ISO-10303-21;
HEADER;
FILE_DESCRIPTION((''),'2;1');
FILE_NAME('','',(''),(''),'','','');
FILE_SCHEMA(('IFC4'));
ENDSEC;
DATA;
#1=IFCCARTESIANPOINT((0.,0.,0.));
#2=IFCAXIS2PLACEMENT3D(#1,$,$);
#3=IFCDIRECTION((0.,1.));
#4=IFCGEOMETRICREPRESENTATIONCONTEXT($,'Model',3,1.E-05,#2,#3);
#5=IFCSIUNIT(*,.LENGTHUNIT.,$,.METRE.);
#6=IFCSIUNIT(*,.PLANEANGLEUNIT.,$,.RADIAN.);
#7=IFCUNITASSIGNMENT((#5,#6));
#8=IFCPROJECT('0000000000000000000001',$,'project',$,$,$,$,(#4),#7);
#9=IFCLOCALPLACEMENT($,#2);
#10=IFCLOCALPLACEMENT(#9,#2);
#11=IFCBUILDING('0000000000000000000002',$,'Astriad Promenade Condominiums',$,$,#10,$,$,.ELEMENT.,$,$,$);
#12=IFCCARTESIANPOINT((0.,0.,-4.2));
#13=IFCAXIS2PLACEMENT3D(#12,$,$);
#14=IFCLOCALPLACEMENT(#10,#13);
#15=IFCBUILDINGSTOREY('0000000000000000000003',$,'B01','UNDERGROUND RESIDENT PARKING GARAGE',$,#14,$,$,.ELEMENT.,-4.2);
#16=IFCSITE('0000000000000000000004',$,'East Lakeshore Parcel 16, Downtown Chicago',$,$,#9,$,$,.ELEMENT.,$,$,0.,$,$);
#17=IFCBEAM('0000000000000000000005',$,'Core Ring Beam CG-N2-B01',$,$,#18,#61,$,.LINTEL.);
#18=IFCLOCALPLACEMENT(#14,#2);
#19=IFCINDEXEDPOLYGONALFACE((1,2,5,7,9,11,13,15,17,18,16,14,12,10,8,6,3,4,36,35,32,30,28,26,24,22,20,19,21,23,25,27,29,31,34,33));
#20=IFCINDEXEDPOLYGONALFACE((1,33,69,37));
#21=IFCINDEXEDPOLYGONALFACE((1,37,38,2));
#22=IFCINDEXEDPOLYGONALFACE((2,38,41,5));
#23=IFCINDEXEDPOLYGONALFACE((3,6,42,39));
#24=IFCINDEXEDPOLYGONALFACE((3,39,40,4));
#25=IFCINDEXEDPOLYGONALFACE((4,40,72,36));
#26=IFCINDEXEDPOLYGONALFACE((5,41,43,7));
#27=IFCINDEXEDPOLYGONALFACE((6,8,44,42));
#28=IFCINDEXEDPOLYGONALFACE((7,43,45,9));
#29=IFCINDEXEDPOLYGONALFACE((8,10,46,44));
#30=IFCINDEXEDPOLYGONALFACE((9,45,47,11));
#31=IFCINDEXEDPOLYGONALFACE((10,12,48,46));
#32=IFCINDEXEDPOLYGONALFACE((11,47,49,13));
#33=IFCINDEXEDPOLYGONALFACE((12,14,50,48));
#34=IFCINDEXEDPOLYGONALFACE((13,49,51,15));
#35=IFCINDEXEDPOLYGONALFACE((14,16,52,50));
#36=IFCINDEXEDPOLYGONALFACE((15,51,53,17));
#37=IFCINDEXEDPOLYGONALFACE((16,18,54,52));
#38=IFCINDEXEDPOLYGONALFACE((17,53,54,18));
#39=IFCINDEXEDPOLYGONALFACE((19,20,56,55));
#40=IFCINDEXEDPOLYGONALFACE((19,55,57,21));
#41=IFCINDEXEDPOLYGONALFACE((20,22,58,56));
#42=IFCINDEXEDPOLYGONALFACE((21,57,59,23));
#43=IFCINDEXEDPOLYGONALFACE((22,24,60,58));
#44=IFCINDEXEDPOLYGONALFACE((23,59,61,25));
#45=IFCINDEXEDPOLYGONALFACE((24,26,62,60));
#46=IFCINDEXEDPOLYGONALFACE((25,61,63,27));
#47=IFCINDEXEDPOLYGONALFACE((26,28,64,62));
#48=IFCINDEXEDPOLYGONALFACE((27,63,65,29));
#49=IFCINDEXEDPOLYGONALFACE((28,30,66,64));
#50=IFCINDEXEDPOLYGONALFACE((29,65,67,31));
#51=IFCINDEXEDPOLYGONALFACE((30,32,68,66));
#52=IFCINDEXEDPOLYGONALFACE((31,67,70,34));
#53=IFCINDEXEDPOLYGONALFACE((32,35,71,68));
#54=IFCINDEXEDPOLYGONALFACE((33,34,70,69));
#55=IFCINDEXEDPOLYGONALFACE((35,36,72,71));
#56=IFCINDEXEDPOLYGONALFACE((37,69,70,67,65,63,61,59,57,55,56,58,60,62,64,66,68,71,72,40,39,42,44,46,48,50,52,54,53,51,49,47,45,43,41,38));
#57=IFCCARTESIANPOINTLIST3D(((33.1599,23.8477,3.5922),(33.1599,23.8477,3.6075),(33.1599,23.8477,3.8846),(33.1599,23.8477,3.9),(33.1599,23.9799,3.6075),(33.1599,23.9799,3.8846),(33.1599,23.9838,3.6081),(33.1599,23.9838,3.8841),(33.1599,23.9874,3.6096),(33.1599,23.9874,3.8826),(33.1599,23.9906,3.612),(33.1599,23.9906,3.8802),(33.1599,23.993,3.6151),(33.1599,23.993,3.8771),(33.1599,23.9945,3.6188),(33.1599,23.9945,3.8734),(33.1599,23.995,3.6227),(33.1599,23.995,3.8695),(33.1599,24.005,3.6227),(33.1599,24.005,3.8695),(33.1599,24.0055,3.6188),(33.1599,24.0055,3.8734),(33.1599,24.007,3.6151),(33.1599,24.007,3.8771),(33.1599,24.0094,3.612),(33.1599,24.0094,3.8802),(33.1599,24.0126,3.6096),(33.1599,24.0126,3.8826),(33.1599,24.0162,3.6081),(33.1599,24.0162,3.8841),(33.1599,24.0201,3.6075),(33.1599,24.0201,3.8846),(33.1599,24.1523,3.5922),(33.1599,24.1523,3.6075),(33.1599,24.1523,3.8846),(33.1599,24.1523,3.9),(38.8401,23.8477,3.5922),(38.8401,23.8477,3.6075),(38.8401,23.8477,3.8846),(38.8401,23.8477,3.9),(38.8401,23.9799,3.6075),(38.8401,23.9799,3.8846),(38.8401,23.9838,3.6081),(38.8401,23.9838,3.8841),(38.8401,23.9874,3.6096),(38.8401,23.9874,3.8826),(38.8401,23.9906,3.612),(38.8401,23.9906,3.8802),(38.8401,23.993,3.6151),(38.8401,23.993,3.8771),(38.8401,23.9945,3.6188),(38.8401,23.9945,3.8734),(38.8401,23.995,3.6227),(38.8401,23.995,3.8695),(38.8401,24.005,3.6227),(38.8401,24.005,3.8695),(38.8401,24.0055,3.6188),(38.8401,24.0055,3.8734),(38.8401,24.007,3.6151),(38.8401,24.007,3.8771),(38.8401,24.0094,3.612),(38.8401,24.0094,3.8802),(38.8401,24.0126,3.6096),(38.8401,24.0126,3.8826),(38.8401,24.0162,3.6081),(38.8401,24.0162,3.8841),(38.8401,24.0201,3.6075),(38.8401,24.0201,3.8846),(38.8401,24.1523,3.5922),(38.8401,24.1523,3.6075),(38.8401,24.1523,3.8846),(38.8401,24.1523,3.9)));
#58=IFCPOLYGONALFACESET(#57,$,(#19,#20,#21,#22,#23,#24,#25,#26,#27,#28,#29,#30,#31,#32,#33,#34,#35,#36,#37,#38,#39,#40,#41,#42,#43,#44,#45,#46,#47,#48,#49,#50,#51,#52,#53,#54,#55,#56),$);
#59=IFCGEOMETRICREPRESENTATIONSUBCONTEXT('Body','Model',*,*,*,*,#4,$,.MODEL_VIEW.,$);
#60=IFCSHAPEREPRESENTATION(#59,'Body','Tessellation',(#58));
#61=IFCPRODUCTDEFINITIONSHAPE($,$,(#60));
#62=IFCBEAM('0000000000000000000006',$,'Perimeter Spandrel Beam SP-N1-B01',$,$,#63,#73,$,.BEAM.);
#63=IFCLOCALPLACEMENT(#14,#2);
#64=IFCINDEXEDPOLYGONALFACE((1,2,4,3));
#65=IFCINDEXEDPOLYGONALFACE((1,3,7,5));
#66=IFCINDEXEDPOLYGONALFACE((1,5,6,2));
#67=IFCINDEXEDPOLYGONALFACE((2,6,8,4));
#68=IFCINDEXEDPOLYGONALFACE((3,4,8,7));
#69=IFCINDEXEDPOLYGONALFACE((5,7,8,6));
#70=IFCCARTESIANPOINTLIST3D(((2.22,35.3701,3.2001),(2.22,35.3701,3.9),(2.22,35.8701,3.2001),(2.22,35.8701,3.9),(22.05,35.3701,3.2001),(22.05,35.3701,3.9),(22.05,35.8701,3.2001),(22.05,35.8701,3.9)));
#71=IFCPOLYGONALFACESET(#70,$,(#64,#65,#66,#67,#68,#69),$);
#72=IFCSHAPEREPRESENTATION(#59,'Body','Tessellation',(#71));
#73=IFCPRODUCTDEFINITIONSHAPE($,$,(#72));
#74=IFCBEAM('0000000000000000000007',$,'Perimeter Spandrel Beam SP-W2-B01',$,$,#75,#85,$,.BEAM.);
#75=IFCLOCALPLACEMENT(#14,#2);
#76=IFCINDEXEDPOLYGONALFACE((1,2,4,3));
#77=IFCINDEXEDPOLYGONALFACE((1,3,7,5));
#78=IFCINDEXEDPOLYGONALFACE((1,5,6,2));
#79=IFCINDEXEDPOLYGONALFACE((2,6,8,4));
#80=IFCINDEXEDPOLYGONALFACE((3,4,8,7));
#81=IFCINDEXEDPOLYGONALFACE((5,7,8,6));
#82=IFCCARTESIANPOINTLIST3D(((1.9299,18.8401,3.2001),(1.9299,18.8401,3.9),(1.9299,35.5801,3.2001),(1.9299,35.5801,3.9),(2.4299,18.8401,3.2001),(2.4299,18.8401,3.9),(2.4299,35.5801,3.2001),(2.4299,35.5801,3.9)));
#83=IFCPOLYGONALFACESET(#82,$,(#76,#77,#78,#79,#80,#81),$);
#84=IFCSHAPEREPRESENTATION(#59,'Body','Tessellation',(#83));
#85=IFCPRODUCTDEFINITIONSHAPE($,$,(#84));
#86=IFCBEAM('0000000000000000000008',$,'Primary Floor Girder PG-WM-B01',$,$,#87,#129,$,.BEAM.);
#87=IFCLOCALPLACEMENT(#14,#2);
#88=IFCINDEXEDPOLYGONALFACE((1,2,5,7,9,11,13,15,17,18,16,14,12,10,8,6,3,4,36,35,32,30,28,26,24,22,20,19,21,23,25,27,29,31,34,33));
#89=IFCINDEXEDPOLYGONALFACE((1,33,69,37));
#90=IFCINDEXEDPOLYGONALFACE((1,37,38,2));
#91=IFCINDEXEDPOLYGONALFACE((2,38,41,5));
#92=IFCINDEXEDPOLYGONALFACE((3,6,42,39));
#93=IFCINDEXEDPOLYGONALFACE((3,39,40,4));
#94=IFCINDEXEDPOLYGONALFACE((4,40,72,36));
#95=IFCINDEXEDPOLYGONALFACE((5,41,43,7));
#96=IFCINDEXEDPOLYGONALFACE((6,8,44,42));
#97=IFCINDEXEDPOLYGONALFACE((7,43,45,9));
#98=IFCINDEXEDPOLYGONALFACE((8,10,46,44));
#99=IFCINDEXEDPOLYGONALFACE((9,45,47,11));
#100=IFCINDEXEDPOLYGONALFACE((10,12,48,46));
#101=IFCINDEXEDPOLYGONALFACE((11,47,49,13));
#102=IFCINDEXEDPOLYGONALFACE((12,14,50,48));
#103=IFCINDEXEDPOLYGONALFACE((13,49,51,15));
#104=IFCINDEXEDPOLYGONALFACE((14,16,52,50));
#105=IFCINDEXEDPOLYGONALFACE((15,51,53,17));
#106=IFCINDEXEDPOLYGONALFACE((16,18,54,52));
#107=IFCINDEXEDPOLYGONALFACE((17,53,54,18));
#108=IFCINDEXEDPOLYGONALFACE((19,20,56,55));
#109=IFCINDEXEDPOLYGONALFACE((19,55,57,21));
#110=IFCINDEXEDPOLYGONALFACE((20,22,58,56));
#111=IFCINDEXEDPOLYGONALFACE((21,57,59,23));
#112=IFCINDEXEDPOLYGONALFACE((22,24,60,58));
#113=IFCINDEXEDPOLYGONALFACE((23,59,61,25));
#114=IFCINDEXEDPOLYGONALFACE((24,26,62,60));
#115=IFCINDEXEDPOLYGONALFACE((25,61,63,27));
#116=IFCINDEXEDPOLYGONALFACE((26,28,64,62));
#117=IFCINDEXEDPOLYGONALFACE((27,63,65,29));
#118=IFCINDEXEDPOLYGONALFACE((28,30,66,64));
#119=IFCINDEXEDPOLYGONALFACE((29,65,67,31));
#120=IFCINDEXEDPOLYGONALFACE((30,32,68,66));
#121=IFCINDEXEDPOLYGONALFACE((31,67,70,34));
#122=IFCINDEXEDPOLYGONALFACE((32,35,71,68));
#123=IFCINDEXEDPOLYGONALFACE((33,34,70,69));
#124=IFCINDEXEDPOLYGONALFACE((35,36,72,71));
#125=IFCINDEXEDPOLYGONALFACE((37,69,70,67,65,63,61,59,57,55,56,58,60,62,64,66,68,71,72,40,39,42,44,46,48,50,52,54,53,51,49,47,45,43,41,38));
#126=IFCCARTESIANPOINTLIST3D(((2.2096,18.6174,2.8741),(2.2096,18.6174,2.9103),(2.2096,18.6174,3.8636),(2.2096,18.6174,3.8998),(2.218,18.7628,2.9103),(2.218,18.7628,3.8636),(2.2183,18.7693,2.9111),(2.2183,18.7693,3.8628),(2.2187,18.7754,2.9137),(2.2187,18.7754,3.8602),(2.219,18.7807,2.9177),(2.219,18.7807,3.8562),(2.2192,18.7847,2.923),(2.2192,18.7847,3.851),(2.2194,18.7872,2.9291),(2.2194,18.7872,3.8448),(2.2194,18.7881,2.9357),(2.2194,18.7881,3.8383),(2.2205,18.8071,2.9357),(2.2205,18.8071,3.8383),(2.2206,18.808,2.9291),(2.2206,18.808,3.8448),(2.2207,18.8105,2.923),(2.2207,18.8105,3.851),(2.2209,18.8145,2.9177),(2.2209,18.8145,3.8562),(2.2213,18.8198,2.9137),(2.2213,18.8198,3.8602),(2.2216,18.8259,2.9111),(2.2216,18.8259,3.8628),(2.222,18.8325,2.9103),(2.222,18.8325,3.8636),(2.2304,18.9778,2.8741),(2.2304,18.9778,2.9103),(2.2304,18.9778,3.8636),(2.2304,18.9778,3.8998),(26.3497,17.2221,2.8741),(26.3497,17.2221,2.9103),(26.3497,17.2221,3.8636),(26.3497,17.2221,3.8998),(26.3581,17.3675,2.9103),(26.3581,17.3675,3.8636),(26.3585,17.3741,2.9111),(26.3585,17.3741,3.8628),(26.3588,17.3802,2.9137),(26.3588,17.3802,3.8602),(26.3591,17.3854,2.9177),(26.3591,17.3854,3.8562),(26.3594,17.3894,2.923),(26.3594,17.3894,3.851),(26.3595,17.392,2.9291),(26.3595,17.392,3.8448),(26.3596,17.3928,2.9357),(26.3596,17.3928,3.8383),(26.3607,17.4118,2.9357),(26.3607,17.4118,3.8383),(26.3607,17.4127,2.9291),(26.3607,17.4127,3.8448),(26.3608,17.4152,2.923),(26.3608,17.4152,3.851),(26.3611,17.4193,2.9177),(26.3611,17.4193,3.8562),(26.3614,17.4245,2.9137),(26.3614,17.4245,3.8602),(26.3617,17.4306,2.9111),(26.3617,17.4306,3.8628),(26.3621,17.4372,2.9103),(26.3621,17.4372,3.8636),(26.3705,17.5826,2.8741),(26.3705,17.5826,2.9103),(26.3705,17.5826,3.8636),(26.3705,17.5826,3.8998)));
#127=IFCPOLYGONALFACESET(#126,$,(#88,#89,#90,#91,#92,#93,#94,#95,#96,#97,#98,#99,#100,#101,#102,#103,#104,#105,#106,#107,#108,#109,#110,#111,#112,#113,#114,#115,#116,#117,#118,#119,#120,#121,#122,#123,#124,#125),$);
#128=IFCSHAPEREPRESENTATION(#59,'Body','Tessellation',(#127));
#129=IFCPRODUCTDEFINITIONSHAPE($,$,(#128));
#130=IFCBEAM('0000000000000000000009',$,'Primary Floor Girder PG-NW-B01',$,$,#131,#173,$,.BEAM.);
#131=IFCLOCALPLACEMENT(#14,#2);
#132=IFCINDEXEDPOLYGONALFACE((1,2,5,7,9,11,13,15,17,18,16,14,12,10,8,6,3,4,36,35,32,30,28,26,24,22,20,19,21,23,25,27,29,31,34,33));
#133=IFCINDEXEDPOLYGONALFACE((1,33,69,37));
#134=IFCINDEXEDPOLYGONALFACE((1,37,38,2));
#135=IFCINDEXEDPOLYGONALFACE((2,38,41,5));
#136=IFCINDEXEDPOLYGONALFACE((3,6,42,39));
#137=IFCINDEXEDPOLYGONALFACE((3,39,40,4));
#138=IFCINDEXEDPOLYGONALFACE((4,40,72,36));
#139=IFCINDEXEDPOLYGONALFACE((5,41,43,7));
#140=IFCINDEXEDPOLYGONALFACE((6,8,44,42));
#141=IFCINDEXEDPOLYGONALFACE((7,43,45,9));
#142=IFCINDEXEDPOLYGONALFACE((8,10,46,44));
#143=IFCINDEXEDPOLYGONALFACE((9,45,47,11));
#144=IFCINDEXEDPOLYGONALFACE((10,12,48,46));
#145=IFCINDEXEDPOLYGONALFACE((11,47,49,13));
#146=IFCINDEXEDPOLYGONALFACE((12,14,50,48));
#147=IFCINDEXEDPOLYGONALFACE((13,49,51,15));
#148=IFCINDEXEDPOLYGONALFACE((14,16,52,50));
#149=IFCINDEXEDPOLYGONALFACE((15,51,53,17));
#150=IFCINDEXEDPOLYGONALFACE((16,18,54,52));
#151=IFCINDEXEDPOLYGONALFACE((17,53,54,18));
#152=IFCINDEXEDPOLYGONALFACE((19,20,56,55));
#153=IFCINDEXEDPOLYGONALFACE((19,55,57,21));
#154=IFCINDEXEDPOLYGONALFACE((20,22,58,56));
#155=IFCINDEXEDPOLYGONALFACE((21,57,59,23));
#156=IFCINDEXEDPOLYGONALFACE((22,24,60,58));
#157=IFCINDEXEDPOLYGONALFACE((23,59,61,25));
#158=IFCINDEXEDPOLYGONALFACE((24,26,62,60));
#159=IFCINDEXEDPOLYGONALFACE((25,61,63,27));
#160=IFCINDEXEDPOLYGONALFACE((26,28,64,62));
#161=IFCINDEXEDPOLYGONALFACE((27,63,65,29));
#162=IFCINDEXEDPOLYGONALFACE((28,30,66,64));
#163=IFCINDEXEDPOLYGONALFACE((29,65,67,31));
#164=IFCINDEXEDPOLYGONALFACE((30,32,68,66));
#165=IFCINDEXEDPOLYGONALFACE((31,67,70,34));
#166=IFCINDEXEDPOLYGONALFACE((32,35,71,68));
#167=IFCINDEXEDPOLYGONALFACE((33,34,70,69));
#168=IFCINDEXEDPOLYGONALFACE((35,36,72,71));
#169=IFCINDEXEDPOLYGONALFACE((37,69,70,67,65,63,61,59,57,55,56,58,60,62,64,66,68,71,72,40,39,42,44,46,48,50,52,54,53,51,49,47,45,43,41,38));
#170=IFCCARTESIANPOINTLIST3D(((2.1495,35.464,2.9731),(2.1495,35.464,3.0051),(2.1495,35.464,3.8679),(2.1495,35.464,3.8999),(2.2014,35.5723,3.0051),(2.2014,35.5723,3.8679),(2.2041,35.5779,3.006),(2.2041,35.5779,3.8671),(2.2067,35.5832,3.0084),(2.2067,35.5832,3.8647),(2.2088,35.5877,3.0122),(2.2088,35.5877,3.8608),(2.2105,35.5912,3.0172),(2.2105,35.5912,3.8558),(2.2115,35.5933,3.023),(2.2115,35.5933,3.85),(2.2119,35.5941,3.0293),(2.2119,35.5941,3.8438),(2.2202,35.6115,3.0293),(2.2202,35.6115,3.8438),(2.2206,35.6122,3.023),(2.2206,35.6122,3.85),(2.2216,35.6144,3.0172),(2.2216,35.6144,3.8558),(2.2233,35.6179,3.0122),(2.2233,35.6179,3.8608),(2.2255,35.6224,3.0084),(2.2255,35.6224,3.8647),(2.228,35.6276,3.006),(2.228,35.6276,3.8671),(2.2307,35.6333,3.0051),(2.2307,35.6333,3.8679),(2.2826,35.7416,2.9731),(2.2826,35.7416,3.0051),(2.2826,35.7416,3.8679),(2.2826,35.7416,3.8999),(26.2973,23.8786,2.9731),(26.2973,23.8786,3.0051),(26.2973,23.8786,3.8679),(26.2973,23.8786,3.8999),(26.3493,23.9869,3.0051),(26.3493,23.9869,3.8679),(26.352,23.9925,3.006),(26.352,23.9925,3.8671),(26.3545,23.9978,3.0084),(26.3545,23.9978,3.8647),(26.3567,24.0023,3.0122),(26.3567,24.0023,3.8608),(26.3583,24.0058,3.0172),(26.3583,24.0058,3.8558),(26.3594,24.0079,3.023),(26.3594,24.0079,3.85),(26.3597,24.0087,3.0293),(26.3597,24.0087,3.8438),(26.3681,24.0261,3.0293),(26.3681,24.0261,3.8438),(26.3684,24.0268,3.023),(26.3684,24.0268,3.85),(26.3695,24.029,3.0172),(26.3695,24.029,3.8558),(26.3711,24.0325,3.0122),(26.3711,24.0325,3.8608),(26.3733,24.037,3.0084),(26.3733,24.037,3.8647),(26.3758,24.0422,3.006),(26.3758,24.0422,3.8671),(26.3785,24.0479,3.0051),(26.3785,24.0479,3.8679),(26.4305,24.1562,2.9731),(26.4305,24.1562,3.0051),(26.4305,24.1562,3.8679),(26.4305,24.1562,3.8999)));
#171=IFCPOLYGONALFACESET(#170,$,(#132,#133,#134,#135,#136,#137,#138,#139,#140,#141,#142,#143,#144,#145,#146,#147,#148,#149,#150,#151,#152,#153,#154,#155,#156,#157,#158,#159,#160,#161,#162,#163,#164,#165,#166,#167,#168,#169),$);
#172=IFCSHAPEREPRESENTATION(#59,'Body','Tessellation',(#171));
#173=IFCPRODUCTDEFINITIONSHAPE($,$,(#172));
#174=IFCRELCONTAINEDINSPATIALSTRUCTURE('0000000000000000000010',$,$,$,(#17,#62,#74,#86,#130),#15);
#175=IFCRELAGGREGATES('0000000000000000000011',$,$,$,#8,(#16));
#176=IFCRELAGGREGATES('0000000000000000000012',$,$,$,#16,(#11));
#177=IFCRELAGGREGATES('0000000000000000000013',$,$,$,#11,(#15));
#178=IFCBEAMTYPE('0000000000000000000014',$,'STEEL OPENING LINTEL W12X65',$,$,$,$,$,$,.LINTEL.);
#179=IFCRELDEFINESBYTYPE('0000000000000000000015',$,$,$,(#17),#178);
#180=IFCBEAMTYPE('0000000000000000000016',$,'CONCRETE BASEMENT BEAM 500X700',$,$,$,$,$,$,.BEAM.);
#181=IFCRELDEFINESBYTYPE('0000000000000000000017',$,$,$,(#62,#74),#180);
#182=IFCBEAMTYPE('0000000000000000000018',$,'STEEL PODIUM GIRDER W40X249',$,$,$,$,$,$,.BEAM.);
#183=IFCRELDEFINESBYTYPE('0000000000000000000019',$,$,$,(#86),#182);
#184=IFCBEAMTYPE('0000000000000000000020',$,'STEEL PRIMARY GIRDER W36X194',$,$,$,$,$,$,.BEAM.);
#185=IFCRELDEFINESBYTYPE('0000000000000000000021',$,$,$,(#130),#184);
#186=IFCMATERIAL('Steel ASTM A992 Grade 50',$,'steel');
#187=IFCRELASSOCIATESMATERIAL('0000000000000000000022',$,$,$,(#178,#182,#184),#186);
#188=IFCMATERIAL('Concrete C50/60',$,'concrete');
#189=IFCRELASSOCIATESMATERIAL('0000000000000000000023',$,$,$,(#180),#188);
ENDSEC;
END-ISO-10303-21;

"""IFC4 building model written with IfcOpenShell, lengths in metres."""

from ifc_helpers import new_model, si_unit, direction, frame, origin, origin_2d, place, context, subcontext, project, spatial, rectangle, i_section, extrude, source, transform, mapped, material, material_profile, profile_set, type_object, type_shapes, element, save


model = new_model("IFC4")

# Units and contexts
model_context = context("Model", 3, precision=1e-05, world=origin(), true_north=direction((0.0, 1.0)))
body_context = subcontext(model_context, "Body", "Model", "MODEL_VIEW")
ifc_project = project(units=[si_unit("LENGTHUNIT", "METRE"), si_unit("PLANEANGLEUNIT", "RADIAN")], contexts=[model_context])

# Site, building, storey
site_placement = place(None, origin())
site = spatial("IfcSite", under=ifc_project, at=site_placement, Name="East Lakeshore Parcel 16, Downtown Chicago", CompositionType="ELEMENT", RefElevation=0.0)
building_placement = place(site_placement, origin())
building = spatial("IfcBuilding", under=site, at=building_placement, Name="Astriad Promenade Condominiums", CompositionType="ELEMENT")
storey_placement = place(building_placement, frame((0.0, 0.0, -4.2)))
storey = spatial("IfcBuildingStorey", under=building, at=storey_placement, Name="B01", Description="UNDERGROUND RESIDENT PARKING GARAGE", CompositionType="ELEMENT", Elevation=-4.2)

# Shared definitions
ifc_material_1 = material(Name="Steel ASTM A992 Grade 50", Category="steel")

# Beams
ifc_material_profile_1 = material_profile(ifc_material_1, i_section(OverallWidth=0.3047, OverallDepth=0.3079, WebThickness=0.01, FlangeThickness=0.0154, FilletRadius=0.0151, at=origin_2d()), Name="W12X65")
ifc_profile_set_1 = profile_set([ifc_material_profile_1], Name="Steel ASTM A992 Grade 50")
beam_type_1 = type_object("IfcBeamType", Name="STEEL OPENING LINTEL W12X65", PredefinedType="LINTEL", material=ifc_profile_set_1)
shared_shape_1 = source(origin(), body_context, "Body", "SweptSolid", [
    extrude(i_section(OverallWidth=0.3047, OverallDepth=0.3079, WebThickness=0.01, FlangeThickness=0.0154, FilletRadius=0.0151, at=origin_2d()), origin(), (0.0, 0.0, 1.0), 5.6802),
])
type_shapes(beam_type_1, [shared_shape_1])
beam_1_placement = place(storey_placement, frame((33.1599, 24.0, 3.7461), z_axis=(1.0, 0.0, 0.0), x_axis=(0.0, 1.0, 0.0)))
element("IfcBeam", 1, at=beam_1_placement, inside=storey, type_object=beam_type_1, Name="Core Ring Beam CG-N2-B01", PredefinedType="LINTEL", context=body_context, shape_type="MappedRepresentation", body=[
    mapped(shared_shape_1, transform((0.0, 0.0, 0.0), scale=1.0)),
])
ifc_material_2 = material(Name="Concrete C50/60", Category="concrete")
ifc_material_profile_2 = material_profile(ifc_material_2, rectangle(XDim=0.5, YDim=0.7, at=origin_2d()), Name="RC-BM-500X700")
ifc_profile_set_2 = profile_set([ifc_material_profile_2], Name="Concrete C50/60")
beam_type_2 = type_object("IfcBeamType", Name="CONCRETE BASEMENT BEAM 500X700", PredefinedType="BEAM", material=ifc_profile_set_2)
shared_shape_2 = source(origin(), body_context, "Body", "SweptSolid", [
    extrude(rectangle(XDim=0.5, YDim=0.7, at=origin_2d()), origin(), (0.0, 0.0, 1.0), 19.8301),
])
beam_2_placement = place(storey_placement, frame((22.05, 35.6201, 3.55), z_axis=(-1.0, 0.0, 0.0), x_axis=(0.0, -1.0, 0.0)))
element("IfcBeam", 2, at=beam_2_placement, inside=storey, type_object=beam_type_2, Name="Perimeter Spandrel Beam SP-N1-B01", PredefinedType="BEAM", context=body_context, shape_type="MappedRepresentation", body=[
    mapped(shared_shape_2, transform((0.0, 0.0, 0.0), scale=1.0)),
])
shared_shape_3 = source(origin(), body_context, "Body", "SweptSolid", [
    extrude(rectangle(XDim=0.5, YDim=0.7, at=origin_2d()), origin(), (0.0, 0.0, 1.0), 16.74),
])
type_shapes(beam_type_2, [shared_shape_2, shared_shape_3])
beam_3_placement = place(storey_placement, frame((2.1799, 35.5801, 3.55), z_axis=(0.0, -1.0, 0.0), x_axis=(1.0, 0.0, 0.0)))
element("IfcBeam", 3, at=beam_3_placement, inside=storey, type_object=beam_type_2, Name="Perimeter Spandrel Beam SP-W2-B01", PredefinedType="BEAM", context=body_context, shape_type="MappedRepresentation", body=[
    mapped(shared_shape_3, transform((0.0, 0.0, 0.0), scale=1.0)),
])
ifc_material_profile_3 = material_profile(ifc_material_1, i_section(OverallWidth=0.3611, OverallDepth=1.0256, WebThickness=0.019, FlangeThickness=0.0361, FilletRadius=0.0254, at=origin_2d()), Name="W40X249")
ifc_profile_set_3 = profile_set([ifc_material_profile_3], Name="Steel ASTM A992 Grade 50")
beam_type_3 = type_object("IfcBeamType", Name="STEEL PODIUM GIRDER W40X249", PredefinedType="BEAM", material=ifc_profile_set_3)
shared_shape_4 = source(origin(), body_context, "Body", "SweptSolid", [
    extrude(i_section(OverallWidth=0.3611, OverallDepth=1.0256, WebThickness=0.019, FlangeThickness=0.0361, FilletRadius=0.0254, at=origin_2d()), origin(), (0.0, 0.0, 1.0), 24.1804),
])
type_shapes(beam_type_3, [shared_shape_4])
beam_4_placement = place(storey_placement, frame((2.22, 18.7976, 3.387), z_axis=(0.998334, -0.057702, 0.0), x_axis=(0.057702, 0.998334, 0.0)))
element("IfcBeam", 4, at=beam_4_placement, inside=storey, type_object=beam_type_3, Name="Primary Floor Girder PG-WM-B01", PredefinedType="BEAM", context=body_context, shape_type="MappedRepresentation", body=[
    mapped(shared_shape_4, transform((0.0, 0.0, 0.0), scale=1.0)),
])
ifc_material_profile_4 = material_profile(ifc_material_1, i_section(OverallWidth=0.3079, OverallDepth=0.9268, WebThickness=0.0193, FlangeThickness=0.032, FilletRadius=0.0242, at=origin_2d()), Name="W36X194")
ifc_profile_set_4 = profile_set([ifc_material_profile_4], Name="Steel ASTM A992 Grade 50")
beam_type_4 = type_object("IfcBeamType", Name="STEEL PRIMARY GIRDER W36X194", PredefinedType="BEAM", material=ifc_profile_set_4)
shared_shape_5 = source(origin(), body_context, "Body", "SweptSolid", [
    extrude(i_section(OverallWidth=0.3079, OverallDepth=0.9268, WebThickness=0.0193, FlangeThickness=0.032, FilletRadius=0.0242, at=origin_2d()), origin(), (0.0, 0.0, 1.0), 26.7832),
])
type_shapes(beam_type_4, [shared_shape_5])
beam_5_placement = place(storey_placement, frame((2.2161, 35.6028, 3.4365), z_axis=(0.901604, -0.432562, 0.0), x_axis=(0.432562, 0.901604, 0.0)))
element("IfcBeam", 5, at=beam_5_placement, inside=storey, type_object=beam_type_4, Name="Primary Floor Girder PG-NW-B01", PredefinedType="BEAM", context=body_context, shape_type="MappedRepresentation", body=[
    mapped(shared_shape_5, transform((0.0, 0.0, 0.0), scale=1.0)),
])

save(model, "model.ifc")
